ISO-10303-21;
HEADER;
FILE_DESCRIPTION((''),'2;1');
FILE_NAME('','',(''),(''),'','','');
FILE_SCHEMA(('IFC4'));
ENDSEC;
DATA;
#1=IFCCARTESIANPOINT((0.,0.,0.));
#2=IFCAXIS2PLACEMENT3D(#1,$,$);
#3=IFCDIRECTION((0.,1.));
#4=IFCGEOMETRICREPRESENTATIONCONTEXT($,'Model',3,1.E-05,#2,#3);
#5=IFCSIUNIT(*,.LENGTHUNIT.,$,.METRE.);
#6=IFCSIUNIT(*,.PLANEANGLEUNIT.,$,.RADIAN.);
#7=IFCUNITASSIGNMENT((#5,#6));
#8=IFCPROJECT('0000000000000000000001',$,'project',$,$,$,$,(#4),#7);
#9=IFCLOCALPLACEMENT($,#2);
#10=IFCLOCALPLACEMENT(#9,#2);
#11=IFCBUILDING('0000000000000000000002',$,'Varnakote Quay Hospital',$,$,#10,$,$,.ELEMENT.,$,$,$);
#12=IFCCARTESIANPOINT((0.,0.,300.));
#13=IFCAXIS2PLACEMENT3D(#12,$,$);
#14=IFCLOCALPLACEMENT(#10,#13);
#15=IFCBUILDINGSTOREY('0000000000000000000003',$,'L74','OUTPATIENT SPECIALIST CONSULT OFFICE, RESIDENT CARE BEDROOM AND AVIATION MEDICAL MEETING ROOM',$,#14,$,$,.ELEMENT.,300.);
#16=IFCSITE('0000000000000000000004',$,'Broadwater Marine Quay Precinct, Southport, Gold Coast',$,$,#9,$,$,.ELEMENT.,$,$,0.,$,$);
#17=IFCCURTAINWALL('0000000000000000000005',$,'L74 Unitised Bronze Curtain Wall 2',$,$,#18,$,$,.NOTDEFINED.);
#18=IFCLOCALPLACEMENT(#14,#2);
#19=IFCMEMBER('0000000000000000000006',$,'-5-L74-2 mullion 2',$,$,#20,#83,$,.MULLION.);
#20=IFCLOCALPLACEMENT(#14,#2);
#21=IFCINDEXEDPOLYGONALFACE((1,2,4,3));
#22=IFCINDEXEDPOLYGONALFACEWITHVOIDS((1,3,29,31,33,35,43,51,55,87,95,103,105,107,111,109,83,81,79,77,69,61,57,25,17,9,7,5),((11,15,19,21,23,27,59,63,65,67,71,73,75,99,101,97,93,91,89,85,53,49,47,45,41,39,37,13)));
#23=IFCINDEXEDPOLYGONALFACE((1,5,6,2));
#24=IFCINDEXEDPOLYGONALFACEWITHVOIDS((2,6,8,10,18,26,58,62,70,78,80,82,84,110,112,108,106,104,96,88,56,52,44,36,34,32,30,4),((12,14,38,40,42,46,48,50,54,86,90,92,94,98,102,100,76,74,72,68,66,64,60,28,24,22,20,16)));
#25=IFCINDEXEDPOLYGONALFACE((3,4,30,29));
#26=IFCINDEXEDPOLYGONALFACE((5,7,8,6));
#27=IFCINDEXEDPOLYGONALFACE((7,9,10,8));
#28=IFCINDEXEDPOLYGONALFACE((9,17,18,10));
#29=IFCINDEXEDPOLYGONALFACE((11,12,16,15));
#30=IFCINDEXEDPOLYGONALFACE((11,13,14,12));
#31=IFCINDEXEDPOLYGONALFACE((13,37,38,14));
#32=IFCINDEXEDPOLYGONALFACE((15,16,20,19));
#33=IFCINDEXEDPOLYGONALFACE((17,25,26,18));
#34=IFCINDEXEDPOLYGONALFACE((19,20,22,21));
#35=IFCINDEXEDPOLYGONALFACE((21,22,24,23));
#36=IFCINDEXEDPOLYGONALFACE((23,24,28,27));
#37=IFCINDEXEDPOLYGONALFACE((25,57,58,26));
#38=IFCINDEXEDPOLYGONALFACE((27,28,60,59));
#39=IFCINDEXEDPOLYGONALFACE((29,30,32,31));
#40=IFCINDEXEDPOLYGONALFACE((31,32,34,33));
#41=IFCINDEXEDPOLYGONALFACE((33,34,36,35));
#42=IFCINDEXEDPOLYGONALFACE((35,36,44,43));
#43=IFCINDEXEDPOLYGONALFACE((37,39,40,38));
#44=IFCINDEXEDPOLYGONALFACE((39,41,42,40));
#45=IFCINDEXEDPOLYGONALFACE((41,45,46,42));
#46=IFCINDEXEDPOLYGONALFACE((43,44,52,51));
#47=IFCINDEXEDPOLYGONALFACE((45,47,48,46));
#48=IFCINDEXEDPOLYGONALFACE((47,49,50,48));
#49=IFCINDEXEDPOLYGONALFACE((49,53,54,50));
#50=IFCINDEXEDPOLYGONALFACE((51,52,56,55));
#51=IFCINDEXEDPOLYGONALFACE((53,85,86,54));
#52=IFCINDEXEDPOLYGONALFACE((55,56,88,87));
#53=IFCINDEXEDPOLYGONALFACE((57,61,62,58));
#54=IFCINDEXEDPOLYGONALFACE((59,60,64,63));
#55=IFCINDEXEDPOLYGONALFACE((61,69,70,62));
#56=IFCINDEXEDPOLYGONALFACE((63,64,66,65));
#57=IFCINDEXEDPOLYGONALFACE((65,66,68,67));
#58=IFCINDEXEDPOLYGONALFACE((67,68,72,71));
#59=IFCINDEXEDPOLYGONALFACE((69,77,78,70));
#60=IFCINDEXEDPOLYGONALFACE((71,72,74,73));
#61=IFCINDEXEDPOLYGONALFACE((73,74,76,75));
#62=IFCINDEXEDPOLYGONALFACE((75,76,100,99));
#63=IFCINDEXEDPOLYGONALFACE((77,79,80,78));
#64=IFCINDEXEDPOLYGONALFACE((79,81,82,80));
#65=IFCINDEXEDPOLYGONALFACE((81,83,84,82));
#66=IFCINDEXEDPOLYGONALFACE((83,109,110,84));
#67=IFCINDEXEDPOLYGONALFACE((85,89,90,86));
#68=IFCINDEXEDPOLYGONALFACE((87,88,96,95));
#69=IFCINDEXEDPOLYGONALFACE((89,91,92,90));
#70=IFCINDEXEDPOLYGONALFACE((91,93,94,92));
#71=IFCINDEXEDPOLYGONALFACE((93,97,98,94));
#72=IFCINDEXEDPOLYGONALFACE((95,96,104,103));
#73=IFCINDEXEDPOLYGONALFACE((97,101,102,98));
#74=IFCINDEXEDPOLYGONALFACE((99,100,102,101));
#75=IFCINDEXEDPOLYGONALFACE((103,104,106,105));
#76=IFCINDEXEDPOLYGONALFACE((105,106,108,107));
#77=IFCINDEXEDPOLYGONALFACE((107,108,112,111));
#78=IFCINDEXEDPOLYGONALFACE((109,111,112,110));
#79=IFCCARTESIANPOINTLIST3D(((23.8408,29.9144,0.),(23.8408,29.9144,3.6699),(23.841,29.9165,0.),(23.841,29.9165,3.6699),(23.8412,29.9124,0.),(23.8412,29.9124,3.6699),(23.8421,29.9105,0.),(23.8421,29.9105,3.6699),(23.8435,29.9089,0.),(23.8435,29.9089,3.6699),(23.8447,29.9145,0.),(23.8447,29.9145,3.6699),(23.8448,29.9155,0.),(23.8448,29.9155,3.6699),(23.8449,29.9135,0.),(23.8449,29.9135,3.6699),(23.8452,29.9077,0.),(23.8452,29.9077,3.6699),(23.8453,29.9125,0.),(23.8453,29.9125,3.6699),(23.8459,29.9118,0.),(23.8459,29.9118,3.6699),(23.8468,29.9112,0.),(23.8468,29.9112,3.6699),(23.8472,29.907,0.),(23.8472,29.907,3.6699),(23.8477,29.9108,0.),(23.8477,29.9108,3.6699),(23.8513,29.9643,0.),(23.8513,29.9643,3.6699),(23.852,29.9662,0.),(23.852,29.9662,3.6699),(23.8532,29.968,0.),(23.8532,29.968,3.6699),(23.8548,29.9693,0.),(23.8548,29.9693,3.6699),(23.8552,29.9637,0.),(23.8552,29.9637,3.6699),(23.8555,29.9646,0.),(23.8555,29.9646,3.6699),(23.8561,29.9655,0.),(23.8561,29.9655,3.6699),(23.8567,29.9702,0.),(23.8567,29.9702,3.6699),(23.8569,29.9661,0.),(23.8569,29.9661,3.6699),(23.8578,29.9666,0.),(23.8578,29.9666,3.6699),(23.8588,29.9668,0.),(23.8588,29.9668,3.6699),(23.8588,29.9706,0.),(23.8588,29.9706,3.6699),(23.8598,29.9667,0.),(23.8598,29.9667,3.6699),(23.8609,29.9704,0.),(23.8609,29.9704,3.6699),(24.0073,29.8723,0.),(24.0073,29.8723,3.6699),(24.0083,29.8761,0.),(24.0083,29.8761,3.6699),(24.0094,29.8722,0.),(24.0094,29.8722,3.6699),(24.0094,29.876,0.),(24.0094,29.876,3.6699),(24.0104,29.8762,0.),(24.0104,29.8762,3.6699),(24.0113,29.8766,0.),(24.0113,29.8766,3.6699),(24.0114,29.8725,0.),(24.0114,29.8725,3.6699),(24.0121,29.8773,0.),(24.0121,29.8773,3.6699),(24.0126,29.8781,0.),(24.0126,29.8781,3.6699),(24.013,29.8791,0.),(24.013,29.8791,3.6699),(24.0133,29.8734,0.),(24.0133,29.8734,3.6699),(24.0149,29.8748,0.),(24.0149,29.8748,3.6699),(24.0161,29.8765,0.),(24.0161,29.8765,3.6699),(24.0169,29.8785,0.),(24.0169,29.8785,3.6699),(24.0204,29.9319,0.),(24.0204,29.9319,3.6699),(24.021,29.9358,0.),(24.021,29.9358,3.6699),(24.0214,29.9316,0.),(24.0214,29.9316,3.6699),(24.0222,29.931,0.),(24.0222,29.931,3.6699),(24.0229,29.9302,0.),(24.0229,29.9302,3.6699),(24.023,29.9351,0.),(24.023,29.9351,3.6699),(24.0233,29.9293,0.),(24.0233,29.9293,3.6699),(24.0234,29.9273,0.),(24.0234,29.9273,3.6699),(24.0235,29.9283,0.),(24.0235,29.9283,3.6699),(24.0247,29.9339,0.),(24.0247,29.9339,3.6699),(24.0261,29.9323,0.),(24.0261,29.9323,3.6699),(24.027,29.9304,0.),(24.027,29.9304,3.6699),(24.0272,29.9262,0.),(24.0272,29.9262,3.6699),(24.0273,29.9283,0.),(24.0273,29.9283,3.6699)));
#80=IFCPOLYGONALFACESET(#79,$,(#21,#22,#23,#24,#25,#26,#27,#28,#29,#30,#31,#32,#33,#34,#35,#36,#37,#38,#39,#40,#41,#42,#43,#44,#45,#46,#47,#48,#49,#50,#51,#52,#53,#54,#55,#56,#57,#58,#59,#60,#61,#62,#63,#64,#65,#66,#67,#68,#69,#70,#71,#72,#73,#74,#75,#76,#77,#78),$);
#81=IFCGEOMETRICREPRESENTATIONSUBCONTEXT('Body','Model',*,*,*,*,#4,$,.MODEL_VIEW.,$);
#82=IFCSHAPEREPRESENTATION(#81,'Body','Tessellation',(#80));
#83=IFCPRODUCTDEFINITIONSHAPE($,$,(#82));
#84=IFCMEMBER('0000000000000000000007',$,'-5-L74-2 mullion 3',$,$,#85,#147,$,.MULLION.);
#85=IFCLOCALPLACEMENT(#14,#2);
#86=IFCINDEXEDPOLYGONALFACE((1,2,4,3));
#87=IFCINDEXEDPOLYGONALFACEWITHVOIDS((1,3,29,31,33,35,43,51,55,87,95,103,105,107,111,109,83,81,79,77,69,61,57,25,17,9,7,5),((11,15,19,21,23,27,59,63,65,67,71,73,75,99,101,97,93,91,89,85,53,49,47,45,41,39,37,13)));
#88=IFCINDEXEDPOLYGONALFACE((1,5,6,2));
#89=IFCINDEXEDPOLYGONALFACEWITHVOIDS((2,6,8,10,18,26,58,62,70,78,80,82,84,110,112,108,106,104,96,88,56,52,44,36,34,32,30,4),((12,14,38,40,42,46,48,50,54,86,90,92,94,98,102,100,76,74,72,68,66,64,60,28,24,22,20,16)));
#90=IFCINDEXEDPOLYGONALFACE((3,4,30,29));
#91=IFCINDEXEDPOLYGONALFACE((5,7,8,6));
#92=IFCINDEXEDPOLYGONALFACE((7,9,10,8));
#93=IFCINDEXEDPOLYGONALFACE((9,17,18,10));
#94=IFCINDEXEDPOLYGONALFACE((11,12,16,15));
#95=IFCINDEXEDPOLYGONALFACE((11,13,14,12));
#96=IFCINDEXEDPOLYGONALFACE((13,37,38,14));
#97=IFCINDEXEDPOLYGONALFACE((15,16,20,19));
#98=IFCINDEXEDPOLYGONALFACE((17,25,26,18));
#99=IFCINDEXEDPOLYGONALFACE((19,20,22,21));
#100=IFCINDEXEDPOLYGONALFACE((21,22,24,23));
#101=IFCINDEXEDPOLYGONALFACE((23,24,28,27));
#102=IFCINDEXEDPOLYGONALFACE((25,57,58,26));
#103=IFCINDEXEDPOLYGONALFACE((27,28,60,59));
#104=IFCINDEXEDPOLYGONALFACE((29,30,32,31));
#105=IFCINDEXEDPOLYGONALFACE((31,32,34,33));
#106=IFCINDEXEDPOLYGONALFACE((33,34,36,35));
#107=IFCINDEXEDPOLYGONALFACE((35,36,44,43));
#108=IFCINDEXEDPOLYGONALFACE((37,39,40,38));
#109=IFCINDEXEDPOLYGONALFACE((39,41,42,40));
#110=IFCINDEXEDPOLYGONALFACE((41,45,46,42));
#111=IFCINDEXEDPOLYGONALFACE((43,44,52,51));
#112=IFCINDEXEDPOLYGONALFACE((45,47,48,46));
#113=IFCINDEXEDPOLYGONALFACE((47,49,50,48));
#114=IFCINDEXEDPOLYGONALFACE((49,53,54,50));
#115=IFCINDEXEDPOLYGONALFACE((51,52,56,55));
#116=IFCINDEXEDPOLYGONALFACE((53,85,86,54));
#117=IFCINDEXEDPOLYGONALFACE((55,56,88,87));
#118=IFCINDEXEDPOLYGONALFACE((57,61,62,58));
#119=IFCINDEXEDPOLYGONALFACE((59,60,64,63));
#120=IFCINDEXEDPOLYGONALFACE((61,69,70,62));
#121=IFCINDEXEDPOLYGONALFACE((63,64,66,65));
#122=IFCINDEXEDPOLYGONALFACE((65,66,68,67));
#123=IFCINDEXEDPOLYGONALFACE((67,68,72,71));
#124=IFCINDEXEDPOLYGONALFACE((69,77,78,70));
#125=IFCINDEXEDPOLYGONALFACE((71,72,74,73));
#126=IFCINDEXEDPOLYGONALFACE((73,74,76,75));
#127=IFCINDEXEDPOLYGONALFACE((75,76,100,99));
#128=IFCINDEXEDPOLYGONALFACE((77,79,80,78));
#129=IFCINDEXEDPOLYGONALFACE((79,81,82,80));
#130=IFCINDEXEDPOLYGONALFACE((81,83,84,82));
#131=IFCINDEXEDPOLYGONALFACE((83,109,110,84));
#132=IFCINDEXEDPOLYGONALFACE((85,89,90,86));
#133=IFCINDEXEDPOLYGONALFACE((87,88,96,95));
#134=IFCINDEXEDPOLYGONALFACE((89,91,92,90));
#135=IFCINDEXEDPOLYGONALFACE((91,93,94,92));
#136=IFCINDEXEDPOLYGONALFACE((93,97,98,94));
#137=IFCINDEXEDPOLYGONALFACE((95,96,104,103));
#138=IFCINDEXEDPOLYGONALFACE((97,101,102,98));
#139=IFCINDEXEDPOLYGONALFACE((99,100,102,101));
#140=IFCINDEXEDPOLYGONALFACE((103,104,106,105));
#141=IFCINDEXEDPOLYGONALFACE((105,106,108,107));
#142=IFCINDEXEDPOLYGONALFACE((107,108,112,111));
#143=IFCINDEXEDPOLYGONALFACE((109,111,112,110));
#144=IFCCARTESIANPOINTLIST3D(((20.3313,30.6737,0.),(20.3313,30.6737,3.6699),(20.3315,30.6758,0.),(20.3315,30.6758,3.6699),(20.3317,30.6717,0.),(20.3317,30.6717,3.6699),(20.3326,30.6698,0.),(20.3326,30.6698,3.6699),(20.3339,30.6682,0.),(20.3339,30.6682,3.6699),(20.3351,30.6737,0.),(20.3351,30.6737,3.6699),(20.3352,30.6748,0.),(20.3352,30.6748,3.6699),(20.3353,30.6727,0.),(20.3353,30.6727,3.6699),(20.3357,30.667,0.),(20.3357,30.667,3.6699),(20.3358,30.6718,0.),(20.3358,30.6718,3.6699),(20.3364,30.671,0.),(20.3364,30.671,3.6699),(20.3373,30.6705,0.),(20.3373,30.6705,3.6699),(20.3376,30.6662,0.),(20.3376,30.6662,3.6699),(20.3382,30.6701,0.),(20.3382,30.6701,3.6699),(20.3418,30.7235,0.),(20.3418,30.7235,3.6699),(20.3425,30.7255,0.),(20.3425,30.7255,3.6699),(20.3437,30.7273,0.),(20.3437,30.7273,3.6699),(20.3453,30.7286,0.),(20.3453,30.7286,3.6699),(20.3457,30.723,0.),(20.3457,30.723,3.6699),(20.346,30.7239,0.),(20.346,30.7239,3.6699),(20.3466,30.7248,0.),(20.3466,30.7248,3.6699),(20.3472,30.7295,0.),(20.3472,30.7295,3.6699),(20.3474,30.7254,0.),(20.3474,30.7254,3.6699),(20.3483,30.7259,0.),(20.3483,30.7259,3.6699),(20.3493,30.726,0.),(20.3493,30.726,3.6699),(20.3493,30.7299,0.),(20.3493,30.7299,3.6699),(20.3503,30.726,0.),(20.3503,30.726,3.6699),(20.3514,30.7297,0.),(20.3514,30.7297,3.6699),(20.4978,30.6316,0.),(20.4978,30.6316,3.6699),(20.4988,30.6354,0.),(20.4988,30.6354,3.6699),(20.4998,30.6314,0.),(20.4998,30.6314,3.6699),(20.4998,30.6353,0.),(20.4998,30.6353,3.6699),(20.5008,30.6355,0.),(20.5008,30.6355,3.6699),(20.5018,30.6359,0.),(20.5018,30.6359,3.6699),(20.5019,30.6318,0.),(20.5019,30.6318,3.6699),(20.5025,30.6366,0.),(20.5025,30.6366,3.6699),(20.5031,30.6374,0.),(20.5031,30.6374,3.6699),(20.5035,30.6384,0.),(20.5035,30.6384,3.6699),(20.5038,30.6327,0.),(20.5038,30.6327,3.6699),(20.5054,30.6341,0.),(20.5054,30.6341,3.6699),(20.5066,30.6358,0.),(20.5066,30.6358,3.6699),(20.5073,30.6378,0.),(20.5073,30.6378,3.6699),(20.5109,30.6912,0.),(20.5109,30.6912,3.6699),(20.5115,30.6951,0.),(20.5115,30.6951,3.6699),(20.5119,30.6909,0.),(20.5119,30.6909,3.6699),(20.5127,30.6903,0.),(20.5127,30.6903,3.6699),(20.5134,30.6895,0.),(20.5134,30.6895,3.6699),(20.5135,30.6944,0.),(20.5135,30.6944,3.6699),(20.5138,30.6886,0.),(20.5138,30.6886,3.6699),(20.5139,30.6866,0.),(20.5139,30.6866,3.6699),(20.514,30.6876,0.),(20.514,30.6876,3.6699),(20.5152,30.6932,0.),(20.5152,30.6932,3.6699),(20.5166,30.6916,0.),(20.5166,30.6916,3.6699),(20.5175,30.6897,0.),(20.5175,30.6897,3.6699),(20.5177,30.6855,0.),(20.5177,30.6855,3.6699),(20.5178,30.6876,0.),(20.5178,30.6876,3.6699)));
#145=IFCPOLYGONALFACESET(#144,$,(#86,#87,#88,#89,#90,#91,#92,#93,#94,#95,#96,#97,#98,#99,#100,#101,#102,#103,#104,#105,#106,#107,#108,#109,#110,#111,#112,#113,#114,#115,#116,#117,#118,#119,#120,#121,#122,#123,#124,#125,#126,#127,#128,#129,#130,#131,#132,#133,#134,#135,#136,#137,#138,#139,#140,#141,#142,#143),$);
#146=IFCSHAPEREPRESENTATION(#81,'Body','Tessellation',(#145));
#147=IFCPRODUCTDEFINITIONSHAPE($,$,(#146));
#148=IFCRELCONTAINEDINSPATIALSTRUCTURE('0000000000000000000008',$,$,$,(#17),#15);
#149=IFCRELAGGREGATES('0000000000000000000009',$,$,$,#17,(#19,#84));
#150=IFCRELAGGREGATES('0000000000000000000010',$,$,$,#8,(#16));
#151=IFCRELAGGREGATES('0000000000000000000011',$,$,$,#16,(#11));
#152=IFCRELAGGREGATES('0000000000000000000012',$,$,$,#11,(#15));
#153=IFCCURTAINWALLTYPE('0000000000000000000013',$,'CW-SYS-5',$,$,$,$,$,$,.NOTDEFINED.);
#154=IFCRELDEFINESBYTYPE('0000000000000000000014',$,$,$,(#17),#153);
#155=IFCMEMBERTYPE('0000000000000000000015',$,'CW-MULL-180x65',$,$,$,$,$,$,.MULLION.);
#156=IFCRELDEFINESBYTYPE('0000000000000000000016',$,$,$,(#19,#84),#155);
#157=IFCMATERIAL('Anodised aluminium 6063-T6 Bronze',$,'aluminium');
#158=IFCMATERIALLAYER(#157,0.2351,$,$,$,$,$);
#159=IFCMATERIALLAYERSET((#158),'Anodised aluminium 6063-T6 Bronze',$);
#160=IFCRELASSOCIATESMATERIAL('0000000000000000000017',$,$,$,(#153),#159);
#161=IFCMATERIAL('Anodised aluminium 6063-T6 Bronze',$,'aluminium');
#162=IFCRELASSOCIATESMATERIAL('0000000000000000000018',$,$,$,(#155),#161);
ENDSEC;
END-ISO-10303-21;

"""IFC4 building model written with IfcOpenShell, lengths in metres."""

from ifc_helpers import new_model, si_unit, direction, frame, origin, origin_2d, place, context, subcontext, project, spatial, hollow_rectangle, extrude, material, layer, layer_set, material_profile, profile_set, type_object, element, aggregate, save


model = new_model("IFC4")

# Units and contexts
model_context = context("Model", 3, precision=1e-05, world=origin(), true_north=direction((0.0, 1.0)))
body_context = subcontext(model_context, "Body", "Model", "MODEL_VIEW")
ifc_project = project(units=[si_unit("LENGTHUNIT", "METRE"), si_unit("PLANEANGLEUNIT", "RADIAN")], contexts=[model_context])

# Site, building, storey
site_placement = place(None, origin())
site = spatial("IfcSite", under=ifc_project, at=site_placement, Name="Broadwater Marine Quay Precinct, Southport, Gold Coast", CompositionType="ELEMENT", RefElevation=0.0)
building_placement = place(site_placement, origin())
building = spatial("IfcBuilding", under=site, at=building_placement, Name="Varnakote Quay Hospital", CompositionType="ELEMENT")
storey_placement = place(building_placement, frame((0.0, 0.0, 300.0)))
storey = spatial("IfcBuildingStorey", under=building, at=storey_placement, Name="L74", Description="OUTPATIENT SPECIALIST CONSULT OFFICE, RESIDENT CARE BEDROOM AND AVIATION MEDICAL MEETING ROOM", CompositionType="ELEMENT", Elevation=300.0)

# Shared definitions
ifc_material_1 = material(Name="Anodised aluminium 6063-T6 Bronze", Category="aluminium")
ifc_layer_1 = layer(ifc_material_1, 0.2351)
ifc_layer_set_1 = layer_set([ifc_layer_1], Name="Anodised aluminium 6063-T6 Bronze")
curtain_wall_type = type_object("IfcCurtainWallType", Name="CW-SYS-5", PredefinedType="NOTDEFINED", material=ifc_layer_set_1)
ifc_material_2 = material(Name="Anodised aluminium 6063-T6 Bronze", Category="aluminium")
ifc_material_profile_1 = material_profile(ifc_material_2, hollow_rectangle(XDim=0.0649, YDim=0.1799, WallThickness=0.0039, InnerFilletRadius=0.0039, OuterFilletRadius=0.0081, at=origin_2d()), Name="CW-MULL-180x65")
ifc_profile_set_1 = profile_set([ifc_material_profile_1], Name="Anodised aluminium 6063-T6 Bronze")
member_type_1 = type_object("IfcMemberType", Name="CW-MULL-180x65", PredefinedType="MULLION", material=ifc_profile_set_1)

# Curtain wall, members
curtain_wall_1_placement = place(storey_placement, origin())
curtain_wall_1 = element("IfcCurtainWall", 1, at=curtain_wall_1_placement, inside=storey, type_object=curtain_wall_type, Name="L74 Unitised Bronze Curtain Wall 2", PredefinedType="NOTDEFINED")
member_1_placement = place(storey_placement, frame((23.9341, 29.9214, 0.0), z_axis=(0.0, 0.0, 1.0), x_axis=(-0.211408, -0.977398, 0.0)))
member_1 = element("IfcMember", 2, at=member_1_placement, type_object=member_type_1, Name="-5-L74-2 mullion 2", PredefinedType="MULLION", context=body_context, shape_type="SweptSolid", body=[
    extrude(hollow_rectangle(XDim=0.0649, YDim=0.1799, WallThickness=0.0039, InnerFilletRadius=0.0039, OuterFilletRadius=0.0081, at=origin_2d()), origin(), (0.0, 0.0, 1.0), 3.6699),
])
member_2_placement = place(storey_placement, frame((20.4246, 30.6807, 0.0), z_axis=(0.0, 0.0, 1.0), x_axis=(-0.211408, -0.977398, 0.0)))
member_2 = element("IfcMember", 3, at=member_2_placement, type_object=member_type_1, Name="-5-L74-2 mullion 3", PredefinedType="MULLION", context=body_context, shape_type="SweptSolid", body=[
    extrude(hollow_rectangle(XDim=0.0649, YDim=0.1799, WallThickness=0.0039, InnerFilletRadius=0.0039, OuterFilletRadius=0.0081, at=origin_2d()), origin(), (0.0, 0.0, 1.0), 3.6699),
])
aggregate(curtain_wall_1, [member_1, member_2])

save(model, "model.ifc")
